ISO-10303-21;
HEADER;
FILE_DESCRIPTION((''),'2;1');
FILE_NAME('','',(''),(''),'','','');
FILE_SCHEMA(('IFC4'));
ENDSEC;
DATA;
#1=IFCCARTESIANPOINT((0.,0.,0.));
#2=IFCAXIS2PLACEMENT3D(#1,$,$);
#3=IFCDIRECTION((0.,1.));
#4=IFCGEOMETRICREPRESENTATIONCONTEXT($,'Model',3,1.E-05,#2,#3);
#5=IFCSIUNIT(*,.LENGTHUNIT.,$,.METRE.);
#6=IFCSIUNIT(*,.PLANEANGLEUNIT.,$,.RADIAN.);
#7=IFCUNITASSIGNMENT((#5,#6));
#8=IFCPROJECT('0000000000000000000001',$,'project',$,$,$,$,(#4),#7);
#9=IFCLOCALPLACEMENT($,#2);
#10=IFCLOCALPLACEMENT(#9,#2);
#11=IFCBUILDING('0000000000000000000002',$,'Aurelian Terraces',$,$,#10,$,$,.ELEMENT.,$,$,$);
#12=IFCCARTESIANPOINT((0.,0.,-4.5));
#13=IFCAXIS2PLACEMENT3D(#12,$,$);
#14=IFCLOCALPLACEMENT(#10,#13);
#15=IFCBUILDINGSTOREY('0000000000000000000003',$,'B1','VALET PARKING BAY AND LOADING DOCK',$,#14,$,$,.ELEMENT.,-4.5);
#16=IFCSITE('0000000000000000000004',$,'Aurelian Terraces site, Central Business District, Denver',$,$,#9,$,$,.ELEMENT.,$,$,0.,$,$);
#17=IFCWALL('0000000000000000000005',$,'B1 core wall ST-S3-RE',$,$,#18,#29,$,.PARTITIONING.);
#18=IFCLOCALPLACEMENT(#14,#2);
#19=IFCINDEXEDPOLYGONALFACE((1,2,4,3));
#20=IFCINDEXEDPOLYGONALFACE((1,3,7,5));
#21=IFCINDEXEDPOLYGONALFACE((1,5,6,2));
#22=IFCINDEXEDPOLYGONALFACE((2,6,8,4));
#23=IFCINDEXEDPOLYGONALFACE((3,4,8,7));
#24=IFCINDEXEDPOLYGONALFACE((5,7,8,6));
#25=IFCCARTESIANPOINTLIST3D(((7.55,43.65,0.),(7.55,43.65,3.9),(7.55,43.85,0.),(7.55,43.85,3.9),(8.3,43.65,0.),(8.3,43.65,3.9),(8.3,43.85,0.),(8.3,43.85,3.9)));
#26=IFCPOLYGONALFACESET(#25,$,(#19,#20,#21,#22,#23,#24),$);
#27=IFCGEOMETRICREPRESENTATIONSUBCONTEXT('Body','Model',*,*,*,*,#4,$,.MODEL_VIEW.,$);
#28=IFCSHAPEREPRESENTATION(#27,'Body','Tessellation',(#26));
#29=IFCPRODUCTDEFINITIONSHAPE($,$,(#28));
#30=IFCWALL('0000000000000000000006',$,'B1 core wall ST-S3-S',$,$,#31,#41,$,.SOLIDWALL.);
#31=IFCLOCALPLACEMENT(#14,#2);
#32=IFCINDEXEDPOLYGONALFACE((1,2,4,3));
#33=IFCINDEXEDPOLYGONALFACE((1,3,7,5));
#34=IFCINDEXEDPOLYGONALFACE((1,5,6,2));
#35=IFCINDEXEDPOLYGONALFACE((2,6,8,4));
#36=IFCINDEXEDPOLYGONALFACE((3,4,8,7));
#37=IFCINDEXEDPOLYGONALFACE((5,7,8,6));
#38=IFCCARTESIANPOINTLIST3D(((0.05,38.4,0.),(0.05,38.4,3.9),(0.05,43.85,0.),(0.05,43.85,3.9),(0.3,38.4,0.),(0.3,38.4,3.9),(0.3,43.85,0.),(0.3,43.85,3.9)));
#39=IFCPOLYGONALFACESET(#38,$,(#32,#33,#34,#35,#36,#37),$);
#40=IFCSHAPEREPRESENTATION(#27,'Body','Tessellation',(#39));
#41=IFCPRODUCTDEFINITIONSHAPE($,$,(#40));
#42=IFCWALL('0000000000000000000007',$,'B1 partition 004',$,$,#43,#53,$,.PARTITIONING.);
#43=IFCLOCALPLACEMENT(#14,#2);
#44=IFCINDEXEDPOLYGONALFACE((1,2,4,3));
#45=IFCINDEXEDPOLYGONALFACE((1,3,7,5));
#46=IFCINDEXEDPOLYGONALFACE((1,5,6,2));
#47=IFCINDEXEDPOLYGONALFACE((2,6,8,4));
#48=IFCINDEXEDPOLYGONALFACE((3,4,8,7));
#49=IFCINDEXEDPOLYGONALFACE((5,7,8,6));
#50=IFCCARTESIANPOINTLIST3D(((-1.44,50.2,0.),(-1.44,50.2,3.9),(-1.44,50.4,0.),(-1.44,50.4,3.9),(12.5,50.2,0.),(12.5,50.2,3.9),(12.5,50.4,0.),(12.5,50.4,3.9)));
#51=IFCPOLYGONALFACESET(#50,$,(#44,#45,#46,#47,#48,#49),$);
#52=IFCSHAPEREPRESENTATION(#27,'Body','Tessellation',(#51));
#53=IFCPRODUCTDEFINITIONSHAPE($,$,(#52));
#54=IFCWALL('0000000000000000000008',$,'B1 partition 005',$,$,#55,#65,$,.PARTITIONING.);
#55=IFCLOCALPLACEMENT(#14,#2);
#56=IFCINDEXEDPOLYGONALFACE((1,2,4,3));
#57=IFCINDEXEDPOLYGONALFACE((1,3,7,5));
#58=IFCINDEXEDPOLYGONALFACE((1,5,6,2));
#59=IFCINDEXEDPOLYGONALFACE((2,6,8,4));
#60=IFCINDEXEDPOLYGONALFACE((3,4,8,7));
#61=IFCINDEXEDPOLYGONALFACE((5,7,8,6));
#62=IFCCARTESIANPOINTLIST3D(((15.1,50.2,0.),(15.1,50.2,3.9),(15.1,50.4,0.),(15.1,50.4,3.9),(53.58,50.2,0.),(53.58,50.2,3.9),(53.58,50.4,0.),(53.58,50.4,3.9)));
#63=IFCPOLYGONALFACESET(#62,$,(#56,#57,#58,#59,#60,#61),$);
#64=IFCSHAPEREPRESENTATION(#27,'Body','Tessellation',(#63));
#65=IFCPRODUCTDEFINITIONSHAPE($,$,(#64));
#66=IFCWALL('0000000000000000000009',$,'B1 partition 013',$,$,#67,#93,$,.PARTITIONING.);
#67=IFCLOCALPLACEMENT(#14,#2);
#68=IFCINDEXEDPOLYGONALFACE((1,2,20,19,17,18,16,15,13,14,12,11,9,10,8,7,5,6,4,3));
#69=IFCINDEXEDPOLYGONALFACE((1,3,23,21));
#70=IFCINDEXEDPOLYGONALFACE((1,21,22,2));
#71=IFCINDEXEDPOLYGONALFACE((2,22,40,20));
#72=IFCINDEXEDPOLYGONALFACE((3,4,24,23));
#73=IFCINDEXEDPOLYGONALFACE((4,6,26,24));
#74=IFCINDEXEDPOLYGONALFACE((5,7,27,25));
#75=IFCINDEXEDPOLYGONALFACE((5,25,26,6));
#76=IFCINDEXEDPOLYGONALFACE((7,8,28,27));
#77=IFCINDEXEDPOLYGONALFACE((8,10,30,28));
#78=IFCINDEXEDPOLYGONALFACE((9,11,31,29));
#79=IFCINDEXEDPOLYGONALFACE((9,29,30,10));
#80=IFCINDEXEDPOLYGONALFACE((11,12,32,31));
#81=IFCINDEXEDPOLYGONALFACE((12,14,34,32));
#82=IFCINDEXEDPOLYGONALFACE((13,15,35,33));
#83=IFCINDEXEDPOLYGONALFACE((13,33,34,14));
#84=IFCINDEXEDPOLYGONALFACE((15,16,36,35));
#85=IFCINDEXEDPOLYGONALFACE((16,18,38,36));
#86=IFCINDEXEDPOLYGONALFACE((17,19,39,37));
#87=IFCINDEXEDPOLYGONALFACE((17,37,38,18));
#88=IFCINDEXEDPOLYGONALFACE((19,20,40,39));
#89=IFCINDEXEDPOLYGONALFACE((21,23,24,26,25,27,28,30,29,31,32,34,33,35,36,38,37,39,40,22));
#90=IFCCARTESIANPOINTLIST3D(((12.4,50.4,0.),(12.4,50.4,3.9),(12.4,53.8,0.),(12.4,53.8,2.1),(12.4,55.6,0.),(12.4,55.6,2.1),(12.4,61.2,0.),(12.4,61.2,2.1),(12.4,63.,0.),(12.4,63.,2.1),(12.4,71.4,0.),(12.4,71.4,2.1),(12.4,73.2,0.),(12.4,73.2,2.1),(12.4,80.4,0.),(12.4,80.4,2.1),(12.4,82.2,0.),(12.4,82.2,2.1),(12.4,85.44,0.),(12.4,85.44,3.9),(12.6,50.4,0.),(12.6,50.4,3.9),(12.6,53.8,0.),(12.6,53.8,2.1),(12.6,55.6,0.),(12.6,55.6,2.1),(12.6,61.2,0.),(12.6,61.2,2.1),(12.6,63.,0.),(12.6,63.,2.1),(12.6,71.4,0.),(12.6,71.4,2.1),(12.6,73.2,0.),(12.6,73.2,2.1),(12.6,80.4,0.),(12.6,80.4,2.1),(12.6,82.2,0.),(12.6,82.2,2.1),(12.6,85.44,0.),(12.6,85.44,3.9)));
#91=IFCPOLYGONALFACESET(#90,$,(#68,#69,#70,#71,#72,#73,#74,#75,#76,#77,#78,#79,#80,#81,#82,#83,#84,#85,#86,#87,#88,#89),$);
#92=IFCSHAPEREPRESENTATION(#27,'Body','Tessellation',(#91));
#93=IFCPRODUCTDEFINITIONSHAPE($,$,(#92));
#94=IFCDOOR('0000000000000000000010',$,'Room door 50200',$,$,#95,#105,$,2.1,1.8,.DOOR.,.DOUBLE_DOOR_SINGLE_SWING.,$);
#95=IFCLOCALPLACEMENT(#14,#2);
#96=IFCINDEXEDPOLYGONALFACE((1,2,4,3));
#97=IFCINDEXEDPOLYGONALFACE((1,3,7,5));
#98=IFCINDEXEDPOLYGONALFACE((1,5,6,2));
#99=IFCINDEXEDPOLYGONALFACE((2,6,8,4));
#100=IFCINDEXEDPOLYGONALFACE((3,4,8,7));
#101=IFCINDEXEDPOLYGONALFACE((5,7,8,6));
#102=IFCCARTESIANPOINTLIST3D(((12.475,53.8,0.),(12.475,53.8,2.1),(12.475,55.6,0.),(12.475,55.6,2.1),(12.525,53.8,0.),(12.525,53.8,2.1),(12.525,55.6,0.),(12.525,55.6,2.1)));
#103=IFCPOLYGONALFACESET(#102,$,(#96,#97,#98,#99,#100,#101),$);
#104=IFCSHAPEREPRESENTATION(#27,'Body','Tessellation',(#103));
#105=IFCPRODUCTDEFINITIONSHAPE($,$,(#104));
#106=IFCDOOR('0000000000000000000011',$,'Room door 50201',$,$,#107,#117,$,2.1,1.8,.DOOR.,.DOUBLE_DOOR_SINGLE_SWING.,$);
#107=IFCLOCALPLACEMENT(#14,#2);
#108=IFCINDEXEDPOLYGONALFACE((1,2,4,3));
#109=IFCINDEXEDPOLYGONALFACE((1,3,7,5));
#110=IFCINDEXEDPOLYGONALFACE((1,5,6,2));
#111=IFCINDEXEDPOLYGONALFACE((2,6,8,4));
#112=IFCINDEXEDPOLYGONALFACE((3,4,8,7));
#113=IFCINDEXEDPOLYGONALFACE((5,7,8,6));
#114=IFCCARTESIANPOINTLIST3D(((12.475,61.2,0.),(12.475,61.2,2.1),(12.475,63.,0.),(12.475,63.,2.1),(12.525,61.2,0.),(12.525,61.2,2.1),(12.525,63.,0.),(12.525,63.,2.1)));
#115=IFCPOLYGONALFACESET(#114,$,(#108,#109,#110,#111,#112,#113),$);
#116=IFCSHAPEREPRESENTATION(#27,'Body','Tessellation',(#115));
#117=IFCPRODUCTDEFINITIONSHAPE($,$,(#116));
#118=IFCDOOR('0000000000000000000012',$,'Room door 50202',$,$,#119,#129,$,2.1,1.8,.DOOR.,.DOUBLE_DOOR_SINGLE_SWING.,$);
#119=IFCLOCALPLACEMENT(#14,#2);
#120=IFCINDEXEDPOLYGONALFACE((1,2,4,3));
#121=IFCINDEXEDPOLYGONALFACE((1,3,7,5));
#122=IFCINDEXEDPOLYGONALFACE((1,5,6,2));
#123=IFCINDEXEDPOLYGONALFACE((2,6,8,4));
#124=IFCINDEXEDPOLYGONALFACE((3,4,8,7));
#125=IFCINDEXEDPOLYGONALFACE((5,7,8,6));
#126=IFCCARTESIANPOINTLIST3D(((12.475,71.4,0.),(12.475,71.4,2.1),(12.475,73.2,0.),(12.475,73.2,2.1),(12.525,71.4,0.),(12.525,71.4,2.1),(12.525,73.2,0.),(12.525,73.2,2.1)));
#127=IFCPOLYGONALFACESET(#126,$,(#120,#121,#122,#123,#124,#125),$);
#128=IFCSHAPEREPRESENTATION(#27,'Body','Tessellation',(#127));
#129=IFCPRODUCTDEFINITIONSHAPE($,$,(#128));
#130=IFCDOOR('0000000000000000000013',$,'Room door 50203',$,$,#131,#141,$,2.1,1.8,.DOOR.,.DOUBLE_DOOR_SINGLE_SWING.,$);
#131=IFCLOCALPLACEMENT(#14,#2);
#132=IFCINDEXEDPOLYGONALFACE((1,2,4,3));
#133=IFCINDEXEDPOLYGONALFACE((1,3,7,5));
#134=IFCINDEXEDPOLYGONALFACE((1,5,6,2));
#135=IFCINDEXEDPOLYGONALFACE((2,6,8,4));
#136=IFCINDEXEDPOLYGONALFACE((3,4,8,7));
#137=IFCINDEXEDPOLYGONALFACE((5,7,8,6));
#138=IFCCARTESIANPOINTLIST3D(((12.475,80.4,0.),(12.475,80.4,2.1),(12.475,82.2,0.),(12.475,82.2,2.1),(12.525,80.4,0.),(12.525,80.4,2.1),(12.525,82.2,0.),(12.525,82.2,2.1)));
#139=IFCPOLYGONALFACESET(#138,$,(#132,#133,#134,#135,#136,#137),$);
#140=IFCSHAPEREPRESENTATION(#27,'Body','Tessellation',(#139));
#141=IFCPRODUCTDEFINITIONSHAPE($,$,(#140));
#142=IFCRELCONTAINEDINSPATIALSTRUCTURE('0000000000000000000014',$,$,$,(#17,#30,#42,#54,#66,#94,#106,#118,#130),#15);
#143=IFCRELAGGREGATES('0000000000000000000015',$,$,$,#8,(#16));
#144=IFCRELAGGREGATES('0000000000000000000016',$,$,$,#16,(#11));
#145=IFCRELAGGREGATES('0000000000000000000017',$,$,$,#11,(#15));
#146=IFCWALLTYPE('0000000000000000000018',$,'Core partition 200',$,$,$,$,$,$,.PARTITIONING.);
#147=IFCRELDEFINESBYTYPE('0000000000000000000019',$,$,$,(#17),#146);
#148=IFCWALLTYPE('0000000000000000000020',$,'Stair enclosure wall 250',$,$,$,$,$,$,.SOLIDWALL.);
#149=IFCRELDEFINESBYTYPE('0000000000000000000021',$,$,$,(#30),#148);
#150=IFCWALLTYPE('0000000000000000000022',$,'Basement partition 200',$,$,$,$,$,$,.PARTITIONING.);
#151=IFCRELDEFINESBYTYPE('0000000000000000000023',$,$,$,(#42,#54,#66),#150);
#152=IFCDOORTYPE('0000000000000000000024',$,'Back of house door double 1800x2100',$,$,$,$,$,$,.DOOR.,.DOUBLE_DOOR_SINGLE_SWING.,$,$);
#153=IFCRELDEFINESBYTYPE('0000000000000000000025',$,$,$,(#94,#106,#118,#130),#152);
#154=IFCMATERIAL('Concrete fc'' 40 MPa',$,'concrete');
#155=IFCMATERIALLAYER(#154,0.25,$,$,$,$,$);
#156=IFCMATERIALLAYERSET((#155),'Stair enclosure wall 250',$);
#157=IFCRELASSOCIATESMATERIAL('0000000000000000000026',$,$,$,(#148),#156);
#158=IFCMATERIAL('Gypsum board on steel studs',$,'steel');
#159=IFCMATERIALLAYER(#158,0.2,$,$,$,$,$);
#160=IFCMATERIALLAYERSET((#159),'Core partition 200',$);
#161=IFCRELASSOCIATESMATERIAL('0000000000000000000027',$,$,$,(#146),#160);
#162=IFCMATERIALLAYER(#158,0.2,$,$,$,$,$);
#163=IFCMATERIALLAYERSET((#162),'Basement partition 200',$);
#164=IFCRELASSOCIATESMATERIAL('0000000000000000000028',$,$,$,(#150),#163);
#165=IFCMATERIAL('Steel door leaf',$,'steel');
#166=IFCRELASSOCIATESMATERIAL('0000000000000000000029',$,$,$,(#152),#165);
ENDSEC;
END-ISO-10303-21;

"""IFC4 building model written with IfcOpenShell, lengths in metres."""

from ifc_helpers import new_model, si_unit, direction, frame, frame_2d, origin, place, context, subcontext, project, spatial, rectangle, extrude, source, transform, mapped, material, layer, layer_set, type_object, element, fill, save


model = new_model("IFC4")

# Units and contexts
model_context = context("Model", 3, precision=1e-05, world=origin(), true_north=direction((0.0, 1.0)))
body_context = subcontext(model_context, "Body", "Model", "MODEL_VIEW")
ifc_project = project(units=[si_unit("LENGTHUNIT", "METRE"), si_unit("PLANEANGLEUNIT", "RADIAN")], contexts=[model_context])

# Site, building, storey
site_placement = place(None, origin())
site = spatial("IfcSite", under=ifc_project, at=site_placement, Name="Aurelian Terraces site, Central Business District, Denver", CompositionType="ELEMENT", RefElevation=0.0)
building_placement = place(site_placement, origin())
building = spatial("IfcBuilding", under=site, at=building_placement, Name="Aurelian Terraces", CompositionType="ELEMENT")
storey_placement = place(building_placement, frame((0.0, 0.0, -4.5)))
storey = spatial("IfcBuildingStorey", under=building, at=storey_placement, Name="B1", Description="VALET PARKING BAY AND LOADING DOCK", CompositionType="ELEMENT", Elevation=-4.5)

# Shared definitions
ifc_material_1 = material(Name="Concrete fc' 40 MPa", Category="concrete")
ifc_layer_1 = layer(ifc_material_1, 0.25)
ifc_layer_set_1 = layer_set([ifc_layer_1], Name="Stair enclosure wall 250")
wall_type_1 = type_object("IfcWallType", Name="Stair enclosure wall 250", PredefinedType="SOLIDWALL", material=ifc_layer_set_1)
ifc_material_2 = material(Name="Steel door leaf", Category="steel")

# Shared definitions
ifc_material_3 = material(Name="Gypsum board on steel studs", Category="steel")
ifc_layer_2 = layer(ifc_material_3, 0.2)
ifc_layer_set_2 = layer_set([ifc_layer_2], Name="Core partition 200")
wall_type_2 = type_object("IfcWallType", Name="Core partition 200", PredefinedType="PARTITIONING", material=ifc_layer_set_2)

# Walls
shared_shape_1 = source(origin(), body_context, "Body", "SweptSolid", [
    extrude(rectangle(XDim=0.75, YDim=0.2, at=frame_2d((0.375, 0.0))), origin(), (0.0, 0.0, 1.0), 3.9),
])
wall_1_placement = place(storey_placement, frame((7.55, 43.75, 0.0), z_axis=(0.0, 0.0, 1.0), x_axis=(1.0, 0.0, 0.0)))
element("IfcWall", 1, at=wall_1_placement, inside=storey, type_object=wall_type_2, Name="B1 core wall ST-S3-RE", PredefinedType="PARTITIONING", context=body_context, shape_type="MappedRepresentation", body=[
    mapped(shared_shape_1, transform((0.0, 0.0, 0.0), scale=1.0)),
])
shared_shape_2 = source(origin(), body_context, "Body", "SweptSolid", [
    extrude(rectangle(XDim=5.45, YDim=0.25, at=frame_2d((2.725, 0.0))), origin(), (0.0, 0.0, 1.0), 3.9),
])
wall_2_placement = place(storey_placement, frame((0.175, 38.4, 0.0), z_axis=(0.0, 0.0, 1.0), x_axis=(0.0, 1.0, 0.0)))
element("IfcWall", 2, at=wall_2_placement, inside=storey, type_object=wall_type_1, Name="B1 core wall ST-S3-S", PredefinedType="SOLIDWALL", context=body_context, shape_type="MappedRepresentation", body=[
    mapped(shared_shape_2, transform((0.0, 0.0, 0.0), scale=1.0)),
])
ifc_layer_3 = layer(ifc_material_3, 0.2)
ifc_layer_set_3 = layer_set([ifc_layer_3], Name="Basement partition 200")
wall_type_3 = type_object("IfcWallType", Name="Basement partition 200", PredefinedType="PARTITIONING", material=ifc_layer_set_3)
shared_shape_3 = source(origin(), body_context, "Body", "SweptSolid", [
    extrude(rectangle(XDim=13.94, YDim=0.2, at=frame_2d((6.97, 0.0))), origin(), (0.0, 0.0, 1.0), 3.9),
])
wall_3_placement = place(storey_placement, frame((-1.44, 50.3, 0.0), z_axis=(0.0, 0.0, 1.0), x_axis=(1.0, 0.0, 0.0)))
element("IfcWall", 3, at=wall_3_placement, inside=storey, type_object=wall_type_3, Name="B1 partition 004", PredefinedType="PARTITIONING", context=body_context, shape_type="MappedRepresentation", body=[
    mapped(shared_shape_3, transform((0.0, 0.0, 0.0), scale=1.0)),
])
shared_shape_4 = source(origin(), body_context, "Body", "SweptSolid", [
    extrude(rectangle(XDim=38.48, YDim=0.2, at=frame_2d((19.24, 0.0))), origin(), (0.0, 0.0, 1.0), 3.9),
])
wall_4_placement = place(storey_placement, frame((15.1, 50.3, 0.0), z_axis=(0.0, 0.0, 1.0), x_axis=(1.0, 0.0, 0.0)))
element("IfcWall", 4, at=wall_4_placement, inside=storey, type_object=wall_type_3, Name="B1 partition 005", PredefinedType="PARTITIONING", context=body_context, shape_type="MappedRepresentation", body=[
    mapped(shared_shape_4, transform((0.0, 0.0, 0.0), scale=1.0)),
])

# Wall, openings, doors
shared_shape_5 = source(origin(), body_context, "Body", "SweptSolid", [
    extrude(rectangle(XDim=35.04, YDim=0.2, at=frame_2d((17.52, 0.0))), origin(), (0.0, 0.0, 1.0), 3.9),
])
wall_5_placement = place(storey_placement, frame((12.5, 50.4, 0.0), z_axis=(0.0, 0.0, 1.0), x_axis=(0.0, 1.0, 0.0)))
wall_5 = element("IfcWall", 5, at=wall_5_placement, inside=storey, type_object=wall_type_3, Name="B1 partition 013", PredefinedType="PARTITIONING", context=body_context, shape_type="MappedRepresentation", body=[
    mapped(shared_shape_5, transform((0.0, 0.0, 0.0), scale=1.0)),
])
opening_1_placement = place(wall_5_placement, frame((3.4, 0.0, 0.0)))
opening_1 = element("IfcOpeningElement", 6, at=opening_1_placement, cuts=wall_5, PredefinedType="OPENING", context=body_context, shape_type="SweptSolid", body=[
    extrude(rectangle(XDim=1.8, YDim=2.1, at=frame_2d((0.9, 1.05))), frame((0.0, 0.11, 0.0), z_axis=(0.0, -1.0, 0.0), x_axis=(1.0, 0.0, 0.0)), (0.0, 0.0, 1.0), 0.22),
])
shared_shape_6 = source(origin(), body_context, "Body", "SweptSolid", [
    extrude(rectangle(XDim=1.8, YDim=2.1, at=frame_2d((0.9, 1.05))), frame((0.0, 0.11, 0.0), z_axis=(0.0, -1.0, 0.0), x_axis=(1.0, 0.0, 0.0)), (0.0, 0.0, 1.0), 0.22),
])
opening_2_placement = place(wall_5_placement, frame((10.8, 0.0, 0.0)))
opening_2 = element("IfcOpeningElement", 7, at=opening_2_placement, cuts=wall_5, PredefinedType="OPENING", context=body_context, shape_type="MappedRepresentation", body=[
    mapped(shared_shape_6, transform((0.0, 0.0, 0.0), scale=1.0)),
])
opening_3_placement = place(wall_5_placement, frame((21.0, 0.0, 0.0)))
opening_3 = element("IfcOpeningElement", 8, at=opening_3_placement, cuts=wall_5, PredefinedType="OPENING", context=body_context, shape_type="MappedRepresentation", body=[
    mapped(shared_shape_6, transform((0.0, 0.0, 0.0), scale=1.0)),
])
opening_4_placement = place(wall_5_placement, frame((30.0, 0.0, 0.0)))
opening_4 = element("IfcOpeningElement", 9, at=opening_4_placement, cuts=wall_5, PredefinedType="OPENING", context=body_context, shape_type="MappedRepresentation", body=[
    mapped(shared_shape_6, transform((0.0, 0.0, 0.0), scale=1.0)),
])
door_type_1 = type_object("IfcDoorType", Name="Back of house door double 1800x2100", OperationType="DOUBLE_DOOR_SINGLE_SWING", PredefinedType="DOOR", material=ifc_material_2)
shared_shape_7 = source(origin(), body_context, "Body", "SweptSolid", [
    extrude(rectangle(XDim=1.8, YDim=2.1, at=frame_2d((0.9, 1.05))), frame((0.0, 0.025, 0.0), z_axis=(0.0, -1.0, 0.0), x_axis=(1.0, 0.0, 0.0)), (0.0, 0.0, 1.0), 0.05),
])
door_1_placement = place(opening_1_placement, origin())
door_1 = element("IfcDoor", 10, at=door_1_placement, inside=storey, type_object=door_type_1, Name="Room door 50200", OperationType="DOUBLE_DOOR_SINGLE_SWING", OverallHeight=2.1, OverallWidth=1.8, PredefinedType="DOOR", context=body_context, shape_type="MappedRepresentation", body=[
    mapped(shared_shape_7, transform((0.0, 0.0, 0.0), scale=1.0)),
])
fill(opening_1, door_1)
door_2_placement = place(opening_2_placement, origin())
door_2 = element("IfcDoor", 11, at=door_2_placement, inside=storey, type_object=door_type_1, Name="Room door 50201", OperationType="DOUBLE_DOOR_SINGLE_SWING", OverallHeight=2.1, OverallWidth=1.8, PredefinedType="DOOR", context=body_context, shape_type="MappedRepresentation", body=[
    mapped(shared_shape_7, transform((0.0, 0.0, 0.0), scale=1.0)),
])
fill(opening_2, door_2)
door_3_placement = place(opening_3_placement, origin())
door_3 = element("IfcDoor", 12, at=door_3_placement, inside=storey, type_object=door_type_1, Name="Room door 50202", OperationType="DOUBLE_DOOR_SINGLE_SWING", OverallHeight=2.1, OverallWidth=1.8, PredefinedType="DOOR", context=body_context, shape_type="MappedRepresentation", body=[
    mapped(shared_shape_7, transform((0.0, 0.0, 0.0), scale=1.0)),
])
fill(opening_3, door_3)
door_4_placement = place(opening_4_placement, origin())
door_4 = element("IfcDoor", 13, at=door_4_placement, inside=storey, type_object=door_type_1, Name="Room door 50203", OperationType="DOUBLE_DOOR_SINGLE_SWING", OverallHeight=2.1, OverallWidth=1.8, PredefinedType="DOOR", context=body_context, shape_type="MappedRepresentation", body=[
    mapped(shared_shape_7, transform((0.0, 0.0, 0.0), scale=1.0)),
])
fill(opening_4, door_4)

save(model, "model.ifc")
